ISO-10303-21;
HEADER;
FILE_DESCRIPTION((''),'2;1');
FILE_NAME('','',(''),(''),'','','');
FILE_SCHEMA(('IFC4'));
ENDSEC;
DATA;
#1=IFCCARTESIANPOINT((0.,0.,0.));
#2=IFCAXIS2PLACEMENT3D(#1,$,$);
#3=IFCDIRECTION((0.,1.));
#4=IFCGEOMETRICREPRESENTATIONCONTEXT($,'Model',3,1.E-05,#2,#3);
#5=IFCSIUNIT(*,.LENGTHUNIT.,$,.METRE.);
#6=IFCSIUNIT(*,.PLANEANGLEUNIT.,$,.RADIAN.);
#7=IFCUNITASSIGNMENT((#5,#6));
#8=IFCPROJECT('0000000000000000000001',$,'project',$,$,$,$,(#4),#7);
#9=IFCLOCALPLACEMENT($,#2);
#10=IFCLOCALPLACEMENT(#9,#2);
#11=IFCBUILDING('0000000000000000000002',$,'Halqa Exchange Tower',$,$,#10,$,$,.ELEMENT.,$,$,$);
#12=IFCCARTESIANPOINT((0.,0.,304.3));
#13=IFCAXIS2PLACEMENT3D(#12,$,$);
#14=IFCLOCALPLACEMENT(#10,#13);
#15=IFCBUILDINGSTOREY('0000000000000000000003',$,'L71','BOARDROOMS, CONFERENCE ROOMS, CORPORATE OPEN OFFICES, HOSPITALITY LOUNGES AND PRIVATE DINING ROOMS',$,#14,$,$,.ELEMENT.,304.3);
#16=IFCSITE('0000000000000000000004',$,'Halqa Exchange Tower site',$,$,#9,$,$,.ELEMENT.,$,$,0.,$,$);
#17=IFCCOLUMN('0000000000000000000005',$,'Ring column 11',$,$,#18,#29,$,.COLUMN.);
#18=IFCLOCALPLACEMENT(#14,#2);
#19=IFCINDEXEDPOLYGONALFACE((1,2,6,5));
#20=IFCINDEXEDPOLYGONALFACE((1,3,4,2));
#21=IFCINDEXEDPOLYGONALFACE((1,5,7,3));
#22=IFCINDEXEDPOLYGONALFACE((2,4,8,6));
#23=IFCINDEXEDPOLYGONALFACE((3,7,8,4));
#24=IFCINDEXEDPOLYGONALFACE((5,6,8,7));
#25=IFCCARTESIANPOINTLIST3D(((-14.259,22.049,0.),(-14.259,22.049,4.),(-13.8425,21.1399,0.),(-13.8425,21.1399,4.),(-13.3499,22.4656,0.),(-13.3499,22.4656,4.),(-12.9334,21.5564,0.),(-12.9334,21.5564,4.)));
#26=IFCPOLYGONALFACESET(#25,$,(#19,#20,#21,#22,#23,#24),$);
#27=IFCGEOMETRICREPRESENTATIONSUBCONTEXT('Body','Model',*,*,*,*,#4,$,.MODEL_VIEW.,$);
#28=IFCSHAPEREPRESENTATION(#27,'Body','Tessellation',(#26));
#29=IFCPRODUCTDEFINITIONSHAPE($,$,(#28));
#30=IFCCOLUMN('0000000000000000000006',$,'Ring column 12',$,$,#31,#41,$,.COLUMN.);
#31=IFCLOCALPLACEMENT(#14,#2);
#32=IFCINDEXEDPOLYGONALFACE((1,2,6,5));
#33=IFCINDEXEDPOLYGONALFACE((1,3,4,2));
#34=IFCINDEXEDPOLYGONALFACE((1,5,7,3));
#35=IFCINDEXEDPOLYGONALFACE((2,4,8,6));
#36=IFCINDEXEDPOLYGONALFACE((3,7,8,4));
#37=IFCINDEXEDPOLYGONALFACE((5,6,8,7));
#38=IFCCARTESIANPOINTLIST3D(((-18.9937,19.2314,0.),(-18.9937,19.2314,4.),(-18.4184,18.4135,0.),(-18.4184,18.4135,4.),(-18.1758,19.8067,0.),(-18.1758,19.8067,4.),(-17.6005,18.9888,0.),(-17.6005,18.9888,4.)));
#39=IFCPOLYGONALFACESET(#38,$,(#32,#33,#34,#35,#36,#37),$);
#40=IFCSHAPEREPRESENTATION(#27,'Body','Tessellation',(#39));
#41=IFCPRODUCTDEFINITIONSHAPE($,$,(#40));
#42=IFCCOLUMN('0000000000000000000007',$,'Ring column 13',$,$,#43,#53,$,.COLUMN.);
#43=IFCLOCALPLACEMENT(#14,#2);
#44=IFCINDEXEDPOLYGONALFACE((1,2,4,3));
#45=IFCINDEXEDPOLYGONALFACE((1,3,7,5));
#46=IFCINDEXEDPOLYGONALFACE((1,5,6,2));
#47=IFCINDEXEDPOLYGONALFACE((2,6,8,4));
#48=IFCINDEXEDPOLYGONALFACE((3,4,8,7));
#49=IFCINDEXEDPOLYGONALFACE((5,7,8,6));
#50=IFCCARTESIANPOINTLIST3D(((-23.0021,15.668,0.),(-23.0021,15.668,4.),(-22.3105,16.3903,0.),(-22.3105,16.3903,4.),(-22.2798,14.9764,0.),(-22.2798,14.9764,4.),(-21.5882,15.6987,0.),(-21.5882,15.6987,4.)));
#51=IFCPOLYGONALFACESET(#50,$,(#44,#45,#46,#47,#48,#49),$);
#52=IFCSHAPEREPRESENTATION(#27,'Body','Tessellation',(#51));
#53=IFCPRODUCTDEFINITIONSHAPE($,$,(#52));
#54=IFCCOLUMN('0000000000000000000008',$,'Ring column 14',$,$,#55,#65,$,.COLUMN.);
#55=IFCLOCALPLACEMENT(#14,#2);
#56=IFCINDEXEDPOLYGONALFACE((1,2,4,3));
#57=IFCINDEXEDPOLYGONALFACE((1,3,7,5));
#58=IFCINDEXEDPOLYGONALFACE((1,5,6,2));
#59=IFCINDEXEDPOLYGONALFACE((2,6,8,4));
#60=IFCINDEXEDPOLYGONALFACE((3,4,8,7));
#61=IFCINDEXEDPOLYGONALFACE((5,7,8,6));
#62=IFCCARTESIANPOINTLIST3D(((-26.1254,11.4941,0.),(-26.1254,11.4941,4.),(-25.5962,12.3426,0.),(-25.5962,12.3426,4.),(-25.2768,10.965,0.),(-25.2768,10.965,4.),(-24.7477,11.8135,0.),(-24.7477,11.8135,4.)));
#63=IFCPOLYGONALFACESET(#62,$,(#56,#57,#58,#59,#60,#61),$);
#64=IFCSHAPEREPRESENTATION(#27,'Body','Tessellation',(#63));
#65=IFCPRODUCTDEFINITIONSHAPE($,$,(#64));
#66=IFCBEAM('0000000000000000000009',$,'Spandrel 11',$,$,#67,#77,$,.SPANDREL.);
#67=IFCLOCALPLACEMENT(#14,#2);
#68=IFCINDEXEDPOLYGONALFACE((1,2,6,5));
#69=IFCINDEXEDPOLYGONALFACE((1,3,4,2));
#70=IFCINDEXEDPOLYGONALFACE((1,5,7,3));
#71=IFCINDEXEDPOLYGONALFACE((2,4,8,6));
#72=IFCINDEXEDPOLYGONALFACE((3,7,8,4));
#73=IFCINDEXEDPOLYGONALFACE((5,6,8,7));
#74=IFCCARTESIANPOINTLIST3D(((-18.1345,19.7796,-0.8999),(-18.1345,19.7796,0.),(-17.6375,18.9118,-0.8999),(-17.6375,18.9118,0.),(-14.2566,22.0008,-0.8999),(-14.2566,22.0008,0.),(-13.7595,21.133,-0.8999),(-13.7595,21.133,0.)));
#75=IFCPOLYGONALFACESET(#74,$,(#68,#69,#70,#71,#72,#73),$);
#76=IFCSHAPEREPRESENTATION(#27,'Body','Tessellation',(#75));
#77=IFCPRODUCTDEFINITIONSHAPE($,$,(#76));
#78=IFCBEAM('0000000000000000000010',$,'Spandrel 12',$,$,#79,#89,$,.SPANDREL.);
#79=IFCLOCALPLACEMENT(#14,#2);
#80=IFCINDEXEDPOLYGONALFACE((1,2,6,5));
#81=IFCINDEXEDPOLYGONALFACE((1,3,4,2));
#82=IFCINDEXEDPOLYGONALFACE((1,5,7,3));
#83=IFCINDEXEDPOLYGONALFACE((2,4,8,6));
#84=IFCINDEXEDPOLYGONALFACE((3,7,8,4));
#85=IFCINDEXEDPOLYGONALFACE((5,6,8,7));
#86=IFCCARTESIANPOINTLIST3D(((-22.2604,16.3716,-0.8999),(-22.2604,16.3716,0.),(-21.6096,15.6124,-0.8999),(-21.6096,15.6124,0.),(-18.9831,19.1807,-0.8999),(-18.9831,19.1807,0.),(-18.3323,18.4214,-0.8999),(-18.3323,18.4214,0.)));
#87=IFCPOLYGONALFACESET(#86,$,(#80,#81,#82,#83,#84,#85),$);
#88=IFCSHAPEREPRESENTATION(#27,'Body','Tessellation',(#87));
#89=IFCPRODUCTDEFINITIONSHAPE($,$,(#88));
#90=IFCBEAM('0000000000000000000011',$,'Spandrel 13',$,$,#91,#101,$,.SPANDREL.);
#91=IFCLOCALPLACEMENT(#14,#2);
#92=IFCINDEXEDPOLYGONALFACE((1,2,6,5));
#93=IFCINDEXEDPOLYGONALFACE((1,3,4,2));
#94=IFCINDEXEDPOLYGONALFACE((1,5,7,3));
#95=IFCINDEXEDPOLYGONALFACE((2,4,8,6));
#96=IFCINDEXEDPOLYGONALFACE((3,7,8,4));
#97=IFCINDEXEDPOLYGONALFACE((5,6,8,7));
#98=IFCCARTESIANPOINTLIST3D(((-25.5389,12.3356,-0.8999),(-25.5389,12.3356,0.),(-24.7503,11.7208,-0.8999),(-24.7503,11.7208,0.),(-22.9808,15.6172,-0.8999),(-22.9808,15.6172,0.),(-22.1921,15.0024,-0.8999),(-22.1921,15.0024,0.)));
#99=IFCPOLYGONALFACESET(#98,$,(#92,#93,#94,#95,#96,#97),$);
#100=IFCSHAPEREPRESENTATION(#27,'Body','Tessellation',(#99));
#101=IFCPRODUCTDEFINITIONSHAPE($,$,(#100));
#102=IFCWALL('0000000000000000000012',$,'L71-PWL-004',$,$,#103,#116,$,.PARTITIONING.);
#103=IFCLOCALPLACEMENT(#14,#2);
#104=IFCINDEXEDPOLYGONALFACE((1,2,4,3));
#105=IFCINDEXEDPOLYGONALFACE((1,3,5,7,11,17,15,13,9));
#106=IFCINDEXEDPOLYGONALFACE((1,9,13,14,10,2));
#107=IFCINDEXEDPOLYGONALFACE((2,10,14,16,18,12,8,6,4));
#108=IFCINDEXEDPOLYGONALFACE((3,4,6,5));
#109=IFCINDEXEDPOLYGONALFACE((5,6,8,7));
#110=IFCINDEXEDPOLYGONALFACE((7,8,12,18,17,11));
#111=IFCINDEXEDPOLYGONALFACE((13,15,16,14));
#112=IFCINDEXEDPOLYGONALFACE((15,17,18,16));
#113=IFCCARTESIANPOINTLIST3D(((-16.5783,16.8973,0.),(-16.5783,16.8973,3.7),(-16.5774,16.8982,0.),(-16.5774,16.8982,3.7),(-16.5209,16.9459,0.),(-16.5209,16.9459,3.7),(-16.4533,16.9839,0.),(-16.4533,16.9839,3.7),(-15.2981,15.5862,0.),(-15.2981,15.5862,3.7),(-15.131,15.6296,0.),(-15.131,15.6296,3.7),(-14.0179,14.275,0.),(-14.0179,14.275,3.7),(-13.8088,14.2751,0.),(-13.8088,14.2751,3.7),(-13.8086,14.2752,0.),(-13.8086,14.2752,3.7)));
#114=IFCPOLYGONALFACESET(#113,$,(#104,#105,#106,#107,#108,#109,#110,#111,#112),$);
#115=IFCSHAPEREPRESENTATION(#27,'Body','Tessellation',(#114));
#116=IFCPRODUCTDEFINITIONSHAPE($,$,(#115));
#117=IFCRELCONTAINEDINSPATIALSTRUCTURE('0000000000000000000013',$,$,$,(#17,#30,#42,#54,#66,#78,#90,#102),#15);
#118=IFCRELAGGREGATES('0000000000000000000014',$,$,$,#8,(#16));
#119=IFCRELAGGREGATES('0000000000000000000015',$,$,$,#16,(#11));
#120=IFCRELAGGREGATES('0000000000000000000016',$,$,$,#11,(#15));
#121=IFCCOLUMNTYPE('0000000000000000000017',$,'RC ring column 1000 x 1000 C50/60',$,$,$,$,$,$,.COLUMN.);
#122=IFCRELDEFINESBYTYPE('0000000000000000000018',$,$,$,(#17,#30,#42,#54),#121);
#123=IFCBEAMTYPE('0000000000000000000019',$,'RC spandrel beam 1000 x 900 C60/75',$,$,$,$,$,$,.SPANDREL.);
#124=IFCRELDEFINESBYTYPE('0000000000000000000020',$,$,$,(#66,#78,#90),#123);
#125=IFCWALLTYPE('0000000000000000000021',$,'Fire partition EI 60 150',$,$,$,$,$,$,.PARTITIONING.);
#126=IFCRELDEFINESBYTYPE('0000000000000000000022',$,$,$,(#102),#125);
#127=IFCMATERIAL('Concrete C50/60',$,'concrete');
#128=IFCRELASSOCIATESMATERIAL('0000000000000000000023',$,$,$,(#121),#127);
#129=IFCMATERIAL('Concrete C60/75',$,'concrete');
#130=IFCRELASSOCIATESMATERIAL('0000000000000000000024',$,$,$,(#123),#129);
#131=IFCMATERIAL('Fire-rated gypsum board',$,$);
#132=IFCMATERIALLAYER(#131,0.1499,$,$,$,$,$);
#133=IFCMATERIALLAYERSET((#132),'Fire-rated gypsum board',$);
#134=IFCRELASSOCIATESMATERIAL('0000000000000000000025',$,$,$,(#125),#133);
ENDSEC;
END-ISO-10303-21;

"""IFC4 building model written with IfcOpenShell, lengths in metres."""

from ifc_helpers import new_model, si_unit, direction, frame, origin, origin_2d, place, context, subcontext, project, spatial, polyline, rectangle, outline, extrude, material, layer, layer_set, material_profile, profile_set, type_object, element, save


model = new_model("IFC4")

# Units and contexts
model_context = context("Model", 3, precision=1e-05, world=origin(), true_north=direction((0.0, 1.0)))
body_context = subcontext(model_context, "Body", "Model", "MODEL_VIEW")
ifc_project = project(units=[si_unit("LENGTHUNIT", "METRE"), si_unit("PLANEANGLEUNIT", "RADIAN")], contexts=[model_context])

# Site, building, storey
site_placement = place(None, origin())
site = spatial("IfcSite", under=ifc_project, at=site_placement, Name="Halqa Exchange Tower site", CompositionType="ELEMENT", RefElevation=0.0)
building_placement = place(site_placement, origin())
building = spatial("IfcBuilding", under=site, at=building_placement, Name="Halqa Exchange Tower", CompositionType="ELEMENT")
storey_placement = place(building_placement, frame((0.0, 0.0, 304.3)))
storey = spatial("IfcBuildingStorey", under=building, at=storey_placement, Name="L71", Description="BOARDROOMS, CONFERENCE ROOMS, CORPORATE OPEN OFFICES, HOSPITALITY LOUNGES AND PRIVATE DINING ROOMS", CompositionType="ELEMENT", Elevation=304.3)

# Columns
ifc_material_1 = material(Name="Concrete C50/60", Category="concrete")
ifc_material_profile_1 = material_profile(ifc_material_1, rectangle(XDim=1.0, YDim=1.0, at=origin_2d()), Name="1000 x 1000")
ifc_profile_set_1 = profile_set([ifc_material_profile_1], Name="Concrete C50/60")
column_type = type_object("IfcColumnType", Name="RC ring column 1000 x 1000 C50/60", PredefinedType="COLUMN", material=ifc_profile_set_1)
for number, where, z_axis, x_axis, name in (
    (1, (-13.5962, 21.8027, 0.0), (0.0, 0.0, 1.0), (-0.909126, -0.41652, 0.0), "Ring column 11"),
    (2, (-18.2971, 19.1101, 0.0), (0.0, 0.0, 1.0), (-0.817904, -0.575355, 0.0), "Ring column 12"),
    (3, (-22.2952, 15.6833, 0.0), (0.0, 0.0, 1.0), (-0.691581, -0.722299, 0.0), "Ring column 13"),
    (4, (-25.4365, 11.6538, 0.0), (0.0, 0.0, 1.0), (-0.529151, -0.848528, 0.0), "Ring column 14"),
):
    element("IfcColumn", number, at=place(storey_placement, frame(where, z_axis=z_axis, x_axis=x_axis)), inside=storey, type_object=column_type, Name=name, PredefinedType="COLUMN", context=body_context, shape_type="SweptSolid", body=[
        extrude(rectangle(XDim=1.0, YDim=1.0, at=origin_2d()), origin(), (0.0, 0.0, 1.0), 4.0),
    ])

# Beams
ifc_material_2 = material(Name="Concrete C60/75", Category="concrete")
ifc_material_profile_2 = material_profile(ifc_material_2, rectangle(XDim=1.0, YDim=0.8999, at=origin_2d()), Name="1000 x 900")
ifc_profile_set_2 = profile_set([ifc_material_profile_2], Name="Concrete C60/75")
beam_type = type_object("IfcBeamType", Name="RC spandrel beam 1000 x 900 C60/75", PredefinedType="SPANDREL", material=ifc_profile_set_2)
beam_1_placement = place(storey_placement, frame((-14.0081, 21.5669, -0.45), z_axis=(-0.867738, -0.497021, 0.0), x_axis=(0.497021, -0.867738, 0.0)))
element("IfcBeam", 5, at=beam_1_placement, inside=storey, type_object=beam_type, Name="Spandrel 11", PredefinedType="SPANDREL", context=body_context, shape_type="SweptSolid", body=[
    extrude(rectangle(XDim=1.0, YDim=0.8999, at=origin_2d()), origin(), (0.0, 0.0, 1.0), 4.469),
])
beam_2_placement = place(storey_placement, frame((-18.6577, 18.801, -0.45), z_axis=(-0.759265, -0.650782, 0.0), x_axis=(0.650782, -0.759265, 0.0)))
element("IfcBeam", 6, at=beam_2_placement, inside=storey, type_object=beam_type, Name="Spandrel 12", PredefinedType="SPANDREL", context=body_context, shape_type="SweptSolid", body=[
    extrude(rectangle(XDim=1.0, YDim=0.8999, at=origin_2d()), origin(), (0.0, 0.0, 1.0), 4.3164),
])
beam_3_placement = place(storey_placement, frame((-22.5864, 15.3098, -0.45), z_axis=(-0.614814, -0.788672, 0.0), x_axis=(0.788672, -0.614814, 0.0)))
element("IfcBeam", 7, at=beam_3_placement, inside=storey, type_object=beam_type, Name="Spandrel 13", PredefinedType="SPANDREL", context=body_context, shape_type="SweptSolid", body=[
    extrude(rectangle(XDim=1.0, YDim=0.8999, at=origin_2d()), origin(), (0.0, 0.0, 1.0), 4.1609),
])

# Wall
ifc_material_3 = material(Name="Fire-rated gypsum board")
ifc_layer_1 = layer(ifc_material_3, 0.1499)
ifc_layer_set_1 = layer_set([ifc_layer_1], Name="Fire-rated gypsum board")
wall_type_1 = type_object("IfcWallType", Name="Fire partition EI 60 150", PredefinedType="PARTITIONING", material=ifc_layer_set_1)
wall_1_placement = place(storey_placement, frame((-16.5247, 16.9497, 0.0), z_axis=(0.0, 0.0, 1.0), x_axis=(0.6986, -0.715512, 0.0)))
element("IfcWall", 8, at=wall_1_placement, inside=storey, type_object=wall_type_1, Name="L71-PWL-004", PredefinedType="PARTITIONING", context=body_context, shape_type="SweptSolid", body=[
    extrude(outline(polyline([(0.0, -0.075), (1.8325, -0.075), (3.665, -0.075), (3.811, 0.0747), (3.811, 0.075), (1.9182, 0.075), (0.0254, 0.075), (0.0054, 0.0), (0.0, -0.0737), (0.0, -0.075)])), origin(), (0.0, 0.0, 1.0), 3.7),
])

save(model, "model.ifc")
